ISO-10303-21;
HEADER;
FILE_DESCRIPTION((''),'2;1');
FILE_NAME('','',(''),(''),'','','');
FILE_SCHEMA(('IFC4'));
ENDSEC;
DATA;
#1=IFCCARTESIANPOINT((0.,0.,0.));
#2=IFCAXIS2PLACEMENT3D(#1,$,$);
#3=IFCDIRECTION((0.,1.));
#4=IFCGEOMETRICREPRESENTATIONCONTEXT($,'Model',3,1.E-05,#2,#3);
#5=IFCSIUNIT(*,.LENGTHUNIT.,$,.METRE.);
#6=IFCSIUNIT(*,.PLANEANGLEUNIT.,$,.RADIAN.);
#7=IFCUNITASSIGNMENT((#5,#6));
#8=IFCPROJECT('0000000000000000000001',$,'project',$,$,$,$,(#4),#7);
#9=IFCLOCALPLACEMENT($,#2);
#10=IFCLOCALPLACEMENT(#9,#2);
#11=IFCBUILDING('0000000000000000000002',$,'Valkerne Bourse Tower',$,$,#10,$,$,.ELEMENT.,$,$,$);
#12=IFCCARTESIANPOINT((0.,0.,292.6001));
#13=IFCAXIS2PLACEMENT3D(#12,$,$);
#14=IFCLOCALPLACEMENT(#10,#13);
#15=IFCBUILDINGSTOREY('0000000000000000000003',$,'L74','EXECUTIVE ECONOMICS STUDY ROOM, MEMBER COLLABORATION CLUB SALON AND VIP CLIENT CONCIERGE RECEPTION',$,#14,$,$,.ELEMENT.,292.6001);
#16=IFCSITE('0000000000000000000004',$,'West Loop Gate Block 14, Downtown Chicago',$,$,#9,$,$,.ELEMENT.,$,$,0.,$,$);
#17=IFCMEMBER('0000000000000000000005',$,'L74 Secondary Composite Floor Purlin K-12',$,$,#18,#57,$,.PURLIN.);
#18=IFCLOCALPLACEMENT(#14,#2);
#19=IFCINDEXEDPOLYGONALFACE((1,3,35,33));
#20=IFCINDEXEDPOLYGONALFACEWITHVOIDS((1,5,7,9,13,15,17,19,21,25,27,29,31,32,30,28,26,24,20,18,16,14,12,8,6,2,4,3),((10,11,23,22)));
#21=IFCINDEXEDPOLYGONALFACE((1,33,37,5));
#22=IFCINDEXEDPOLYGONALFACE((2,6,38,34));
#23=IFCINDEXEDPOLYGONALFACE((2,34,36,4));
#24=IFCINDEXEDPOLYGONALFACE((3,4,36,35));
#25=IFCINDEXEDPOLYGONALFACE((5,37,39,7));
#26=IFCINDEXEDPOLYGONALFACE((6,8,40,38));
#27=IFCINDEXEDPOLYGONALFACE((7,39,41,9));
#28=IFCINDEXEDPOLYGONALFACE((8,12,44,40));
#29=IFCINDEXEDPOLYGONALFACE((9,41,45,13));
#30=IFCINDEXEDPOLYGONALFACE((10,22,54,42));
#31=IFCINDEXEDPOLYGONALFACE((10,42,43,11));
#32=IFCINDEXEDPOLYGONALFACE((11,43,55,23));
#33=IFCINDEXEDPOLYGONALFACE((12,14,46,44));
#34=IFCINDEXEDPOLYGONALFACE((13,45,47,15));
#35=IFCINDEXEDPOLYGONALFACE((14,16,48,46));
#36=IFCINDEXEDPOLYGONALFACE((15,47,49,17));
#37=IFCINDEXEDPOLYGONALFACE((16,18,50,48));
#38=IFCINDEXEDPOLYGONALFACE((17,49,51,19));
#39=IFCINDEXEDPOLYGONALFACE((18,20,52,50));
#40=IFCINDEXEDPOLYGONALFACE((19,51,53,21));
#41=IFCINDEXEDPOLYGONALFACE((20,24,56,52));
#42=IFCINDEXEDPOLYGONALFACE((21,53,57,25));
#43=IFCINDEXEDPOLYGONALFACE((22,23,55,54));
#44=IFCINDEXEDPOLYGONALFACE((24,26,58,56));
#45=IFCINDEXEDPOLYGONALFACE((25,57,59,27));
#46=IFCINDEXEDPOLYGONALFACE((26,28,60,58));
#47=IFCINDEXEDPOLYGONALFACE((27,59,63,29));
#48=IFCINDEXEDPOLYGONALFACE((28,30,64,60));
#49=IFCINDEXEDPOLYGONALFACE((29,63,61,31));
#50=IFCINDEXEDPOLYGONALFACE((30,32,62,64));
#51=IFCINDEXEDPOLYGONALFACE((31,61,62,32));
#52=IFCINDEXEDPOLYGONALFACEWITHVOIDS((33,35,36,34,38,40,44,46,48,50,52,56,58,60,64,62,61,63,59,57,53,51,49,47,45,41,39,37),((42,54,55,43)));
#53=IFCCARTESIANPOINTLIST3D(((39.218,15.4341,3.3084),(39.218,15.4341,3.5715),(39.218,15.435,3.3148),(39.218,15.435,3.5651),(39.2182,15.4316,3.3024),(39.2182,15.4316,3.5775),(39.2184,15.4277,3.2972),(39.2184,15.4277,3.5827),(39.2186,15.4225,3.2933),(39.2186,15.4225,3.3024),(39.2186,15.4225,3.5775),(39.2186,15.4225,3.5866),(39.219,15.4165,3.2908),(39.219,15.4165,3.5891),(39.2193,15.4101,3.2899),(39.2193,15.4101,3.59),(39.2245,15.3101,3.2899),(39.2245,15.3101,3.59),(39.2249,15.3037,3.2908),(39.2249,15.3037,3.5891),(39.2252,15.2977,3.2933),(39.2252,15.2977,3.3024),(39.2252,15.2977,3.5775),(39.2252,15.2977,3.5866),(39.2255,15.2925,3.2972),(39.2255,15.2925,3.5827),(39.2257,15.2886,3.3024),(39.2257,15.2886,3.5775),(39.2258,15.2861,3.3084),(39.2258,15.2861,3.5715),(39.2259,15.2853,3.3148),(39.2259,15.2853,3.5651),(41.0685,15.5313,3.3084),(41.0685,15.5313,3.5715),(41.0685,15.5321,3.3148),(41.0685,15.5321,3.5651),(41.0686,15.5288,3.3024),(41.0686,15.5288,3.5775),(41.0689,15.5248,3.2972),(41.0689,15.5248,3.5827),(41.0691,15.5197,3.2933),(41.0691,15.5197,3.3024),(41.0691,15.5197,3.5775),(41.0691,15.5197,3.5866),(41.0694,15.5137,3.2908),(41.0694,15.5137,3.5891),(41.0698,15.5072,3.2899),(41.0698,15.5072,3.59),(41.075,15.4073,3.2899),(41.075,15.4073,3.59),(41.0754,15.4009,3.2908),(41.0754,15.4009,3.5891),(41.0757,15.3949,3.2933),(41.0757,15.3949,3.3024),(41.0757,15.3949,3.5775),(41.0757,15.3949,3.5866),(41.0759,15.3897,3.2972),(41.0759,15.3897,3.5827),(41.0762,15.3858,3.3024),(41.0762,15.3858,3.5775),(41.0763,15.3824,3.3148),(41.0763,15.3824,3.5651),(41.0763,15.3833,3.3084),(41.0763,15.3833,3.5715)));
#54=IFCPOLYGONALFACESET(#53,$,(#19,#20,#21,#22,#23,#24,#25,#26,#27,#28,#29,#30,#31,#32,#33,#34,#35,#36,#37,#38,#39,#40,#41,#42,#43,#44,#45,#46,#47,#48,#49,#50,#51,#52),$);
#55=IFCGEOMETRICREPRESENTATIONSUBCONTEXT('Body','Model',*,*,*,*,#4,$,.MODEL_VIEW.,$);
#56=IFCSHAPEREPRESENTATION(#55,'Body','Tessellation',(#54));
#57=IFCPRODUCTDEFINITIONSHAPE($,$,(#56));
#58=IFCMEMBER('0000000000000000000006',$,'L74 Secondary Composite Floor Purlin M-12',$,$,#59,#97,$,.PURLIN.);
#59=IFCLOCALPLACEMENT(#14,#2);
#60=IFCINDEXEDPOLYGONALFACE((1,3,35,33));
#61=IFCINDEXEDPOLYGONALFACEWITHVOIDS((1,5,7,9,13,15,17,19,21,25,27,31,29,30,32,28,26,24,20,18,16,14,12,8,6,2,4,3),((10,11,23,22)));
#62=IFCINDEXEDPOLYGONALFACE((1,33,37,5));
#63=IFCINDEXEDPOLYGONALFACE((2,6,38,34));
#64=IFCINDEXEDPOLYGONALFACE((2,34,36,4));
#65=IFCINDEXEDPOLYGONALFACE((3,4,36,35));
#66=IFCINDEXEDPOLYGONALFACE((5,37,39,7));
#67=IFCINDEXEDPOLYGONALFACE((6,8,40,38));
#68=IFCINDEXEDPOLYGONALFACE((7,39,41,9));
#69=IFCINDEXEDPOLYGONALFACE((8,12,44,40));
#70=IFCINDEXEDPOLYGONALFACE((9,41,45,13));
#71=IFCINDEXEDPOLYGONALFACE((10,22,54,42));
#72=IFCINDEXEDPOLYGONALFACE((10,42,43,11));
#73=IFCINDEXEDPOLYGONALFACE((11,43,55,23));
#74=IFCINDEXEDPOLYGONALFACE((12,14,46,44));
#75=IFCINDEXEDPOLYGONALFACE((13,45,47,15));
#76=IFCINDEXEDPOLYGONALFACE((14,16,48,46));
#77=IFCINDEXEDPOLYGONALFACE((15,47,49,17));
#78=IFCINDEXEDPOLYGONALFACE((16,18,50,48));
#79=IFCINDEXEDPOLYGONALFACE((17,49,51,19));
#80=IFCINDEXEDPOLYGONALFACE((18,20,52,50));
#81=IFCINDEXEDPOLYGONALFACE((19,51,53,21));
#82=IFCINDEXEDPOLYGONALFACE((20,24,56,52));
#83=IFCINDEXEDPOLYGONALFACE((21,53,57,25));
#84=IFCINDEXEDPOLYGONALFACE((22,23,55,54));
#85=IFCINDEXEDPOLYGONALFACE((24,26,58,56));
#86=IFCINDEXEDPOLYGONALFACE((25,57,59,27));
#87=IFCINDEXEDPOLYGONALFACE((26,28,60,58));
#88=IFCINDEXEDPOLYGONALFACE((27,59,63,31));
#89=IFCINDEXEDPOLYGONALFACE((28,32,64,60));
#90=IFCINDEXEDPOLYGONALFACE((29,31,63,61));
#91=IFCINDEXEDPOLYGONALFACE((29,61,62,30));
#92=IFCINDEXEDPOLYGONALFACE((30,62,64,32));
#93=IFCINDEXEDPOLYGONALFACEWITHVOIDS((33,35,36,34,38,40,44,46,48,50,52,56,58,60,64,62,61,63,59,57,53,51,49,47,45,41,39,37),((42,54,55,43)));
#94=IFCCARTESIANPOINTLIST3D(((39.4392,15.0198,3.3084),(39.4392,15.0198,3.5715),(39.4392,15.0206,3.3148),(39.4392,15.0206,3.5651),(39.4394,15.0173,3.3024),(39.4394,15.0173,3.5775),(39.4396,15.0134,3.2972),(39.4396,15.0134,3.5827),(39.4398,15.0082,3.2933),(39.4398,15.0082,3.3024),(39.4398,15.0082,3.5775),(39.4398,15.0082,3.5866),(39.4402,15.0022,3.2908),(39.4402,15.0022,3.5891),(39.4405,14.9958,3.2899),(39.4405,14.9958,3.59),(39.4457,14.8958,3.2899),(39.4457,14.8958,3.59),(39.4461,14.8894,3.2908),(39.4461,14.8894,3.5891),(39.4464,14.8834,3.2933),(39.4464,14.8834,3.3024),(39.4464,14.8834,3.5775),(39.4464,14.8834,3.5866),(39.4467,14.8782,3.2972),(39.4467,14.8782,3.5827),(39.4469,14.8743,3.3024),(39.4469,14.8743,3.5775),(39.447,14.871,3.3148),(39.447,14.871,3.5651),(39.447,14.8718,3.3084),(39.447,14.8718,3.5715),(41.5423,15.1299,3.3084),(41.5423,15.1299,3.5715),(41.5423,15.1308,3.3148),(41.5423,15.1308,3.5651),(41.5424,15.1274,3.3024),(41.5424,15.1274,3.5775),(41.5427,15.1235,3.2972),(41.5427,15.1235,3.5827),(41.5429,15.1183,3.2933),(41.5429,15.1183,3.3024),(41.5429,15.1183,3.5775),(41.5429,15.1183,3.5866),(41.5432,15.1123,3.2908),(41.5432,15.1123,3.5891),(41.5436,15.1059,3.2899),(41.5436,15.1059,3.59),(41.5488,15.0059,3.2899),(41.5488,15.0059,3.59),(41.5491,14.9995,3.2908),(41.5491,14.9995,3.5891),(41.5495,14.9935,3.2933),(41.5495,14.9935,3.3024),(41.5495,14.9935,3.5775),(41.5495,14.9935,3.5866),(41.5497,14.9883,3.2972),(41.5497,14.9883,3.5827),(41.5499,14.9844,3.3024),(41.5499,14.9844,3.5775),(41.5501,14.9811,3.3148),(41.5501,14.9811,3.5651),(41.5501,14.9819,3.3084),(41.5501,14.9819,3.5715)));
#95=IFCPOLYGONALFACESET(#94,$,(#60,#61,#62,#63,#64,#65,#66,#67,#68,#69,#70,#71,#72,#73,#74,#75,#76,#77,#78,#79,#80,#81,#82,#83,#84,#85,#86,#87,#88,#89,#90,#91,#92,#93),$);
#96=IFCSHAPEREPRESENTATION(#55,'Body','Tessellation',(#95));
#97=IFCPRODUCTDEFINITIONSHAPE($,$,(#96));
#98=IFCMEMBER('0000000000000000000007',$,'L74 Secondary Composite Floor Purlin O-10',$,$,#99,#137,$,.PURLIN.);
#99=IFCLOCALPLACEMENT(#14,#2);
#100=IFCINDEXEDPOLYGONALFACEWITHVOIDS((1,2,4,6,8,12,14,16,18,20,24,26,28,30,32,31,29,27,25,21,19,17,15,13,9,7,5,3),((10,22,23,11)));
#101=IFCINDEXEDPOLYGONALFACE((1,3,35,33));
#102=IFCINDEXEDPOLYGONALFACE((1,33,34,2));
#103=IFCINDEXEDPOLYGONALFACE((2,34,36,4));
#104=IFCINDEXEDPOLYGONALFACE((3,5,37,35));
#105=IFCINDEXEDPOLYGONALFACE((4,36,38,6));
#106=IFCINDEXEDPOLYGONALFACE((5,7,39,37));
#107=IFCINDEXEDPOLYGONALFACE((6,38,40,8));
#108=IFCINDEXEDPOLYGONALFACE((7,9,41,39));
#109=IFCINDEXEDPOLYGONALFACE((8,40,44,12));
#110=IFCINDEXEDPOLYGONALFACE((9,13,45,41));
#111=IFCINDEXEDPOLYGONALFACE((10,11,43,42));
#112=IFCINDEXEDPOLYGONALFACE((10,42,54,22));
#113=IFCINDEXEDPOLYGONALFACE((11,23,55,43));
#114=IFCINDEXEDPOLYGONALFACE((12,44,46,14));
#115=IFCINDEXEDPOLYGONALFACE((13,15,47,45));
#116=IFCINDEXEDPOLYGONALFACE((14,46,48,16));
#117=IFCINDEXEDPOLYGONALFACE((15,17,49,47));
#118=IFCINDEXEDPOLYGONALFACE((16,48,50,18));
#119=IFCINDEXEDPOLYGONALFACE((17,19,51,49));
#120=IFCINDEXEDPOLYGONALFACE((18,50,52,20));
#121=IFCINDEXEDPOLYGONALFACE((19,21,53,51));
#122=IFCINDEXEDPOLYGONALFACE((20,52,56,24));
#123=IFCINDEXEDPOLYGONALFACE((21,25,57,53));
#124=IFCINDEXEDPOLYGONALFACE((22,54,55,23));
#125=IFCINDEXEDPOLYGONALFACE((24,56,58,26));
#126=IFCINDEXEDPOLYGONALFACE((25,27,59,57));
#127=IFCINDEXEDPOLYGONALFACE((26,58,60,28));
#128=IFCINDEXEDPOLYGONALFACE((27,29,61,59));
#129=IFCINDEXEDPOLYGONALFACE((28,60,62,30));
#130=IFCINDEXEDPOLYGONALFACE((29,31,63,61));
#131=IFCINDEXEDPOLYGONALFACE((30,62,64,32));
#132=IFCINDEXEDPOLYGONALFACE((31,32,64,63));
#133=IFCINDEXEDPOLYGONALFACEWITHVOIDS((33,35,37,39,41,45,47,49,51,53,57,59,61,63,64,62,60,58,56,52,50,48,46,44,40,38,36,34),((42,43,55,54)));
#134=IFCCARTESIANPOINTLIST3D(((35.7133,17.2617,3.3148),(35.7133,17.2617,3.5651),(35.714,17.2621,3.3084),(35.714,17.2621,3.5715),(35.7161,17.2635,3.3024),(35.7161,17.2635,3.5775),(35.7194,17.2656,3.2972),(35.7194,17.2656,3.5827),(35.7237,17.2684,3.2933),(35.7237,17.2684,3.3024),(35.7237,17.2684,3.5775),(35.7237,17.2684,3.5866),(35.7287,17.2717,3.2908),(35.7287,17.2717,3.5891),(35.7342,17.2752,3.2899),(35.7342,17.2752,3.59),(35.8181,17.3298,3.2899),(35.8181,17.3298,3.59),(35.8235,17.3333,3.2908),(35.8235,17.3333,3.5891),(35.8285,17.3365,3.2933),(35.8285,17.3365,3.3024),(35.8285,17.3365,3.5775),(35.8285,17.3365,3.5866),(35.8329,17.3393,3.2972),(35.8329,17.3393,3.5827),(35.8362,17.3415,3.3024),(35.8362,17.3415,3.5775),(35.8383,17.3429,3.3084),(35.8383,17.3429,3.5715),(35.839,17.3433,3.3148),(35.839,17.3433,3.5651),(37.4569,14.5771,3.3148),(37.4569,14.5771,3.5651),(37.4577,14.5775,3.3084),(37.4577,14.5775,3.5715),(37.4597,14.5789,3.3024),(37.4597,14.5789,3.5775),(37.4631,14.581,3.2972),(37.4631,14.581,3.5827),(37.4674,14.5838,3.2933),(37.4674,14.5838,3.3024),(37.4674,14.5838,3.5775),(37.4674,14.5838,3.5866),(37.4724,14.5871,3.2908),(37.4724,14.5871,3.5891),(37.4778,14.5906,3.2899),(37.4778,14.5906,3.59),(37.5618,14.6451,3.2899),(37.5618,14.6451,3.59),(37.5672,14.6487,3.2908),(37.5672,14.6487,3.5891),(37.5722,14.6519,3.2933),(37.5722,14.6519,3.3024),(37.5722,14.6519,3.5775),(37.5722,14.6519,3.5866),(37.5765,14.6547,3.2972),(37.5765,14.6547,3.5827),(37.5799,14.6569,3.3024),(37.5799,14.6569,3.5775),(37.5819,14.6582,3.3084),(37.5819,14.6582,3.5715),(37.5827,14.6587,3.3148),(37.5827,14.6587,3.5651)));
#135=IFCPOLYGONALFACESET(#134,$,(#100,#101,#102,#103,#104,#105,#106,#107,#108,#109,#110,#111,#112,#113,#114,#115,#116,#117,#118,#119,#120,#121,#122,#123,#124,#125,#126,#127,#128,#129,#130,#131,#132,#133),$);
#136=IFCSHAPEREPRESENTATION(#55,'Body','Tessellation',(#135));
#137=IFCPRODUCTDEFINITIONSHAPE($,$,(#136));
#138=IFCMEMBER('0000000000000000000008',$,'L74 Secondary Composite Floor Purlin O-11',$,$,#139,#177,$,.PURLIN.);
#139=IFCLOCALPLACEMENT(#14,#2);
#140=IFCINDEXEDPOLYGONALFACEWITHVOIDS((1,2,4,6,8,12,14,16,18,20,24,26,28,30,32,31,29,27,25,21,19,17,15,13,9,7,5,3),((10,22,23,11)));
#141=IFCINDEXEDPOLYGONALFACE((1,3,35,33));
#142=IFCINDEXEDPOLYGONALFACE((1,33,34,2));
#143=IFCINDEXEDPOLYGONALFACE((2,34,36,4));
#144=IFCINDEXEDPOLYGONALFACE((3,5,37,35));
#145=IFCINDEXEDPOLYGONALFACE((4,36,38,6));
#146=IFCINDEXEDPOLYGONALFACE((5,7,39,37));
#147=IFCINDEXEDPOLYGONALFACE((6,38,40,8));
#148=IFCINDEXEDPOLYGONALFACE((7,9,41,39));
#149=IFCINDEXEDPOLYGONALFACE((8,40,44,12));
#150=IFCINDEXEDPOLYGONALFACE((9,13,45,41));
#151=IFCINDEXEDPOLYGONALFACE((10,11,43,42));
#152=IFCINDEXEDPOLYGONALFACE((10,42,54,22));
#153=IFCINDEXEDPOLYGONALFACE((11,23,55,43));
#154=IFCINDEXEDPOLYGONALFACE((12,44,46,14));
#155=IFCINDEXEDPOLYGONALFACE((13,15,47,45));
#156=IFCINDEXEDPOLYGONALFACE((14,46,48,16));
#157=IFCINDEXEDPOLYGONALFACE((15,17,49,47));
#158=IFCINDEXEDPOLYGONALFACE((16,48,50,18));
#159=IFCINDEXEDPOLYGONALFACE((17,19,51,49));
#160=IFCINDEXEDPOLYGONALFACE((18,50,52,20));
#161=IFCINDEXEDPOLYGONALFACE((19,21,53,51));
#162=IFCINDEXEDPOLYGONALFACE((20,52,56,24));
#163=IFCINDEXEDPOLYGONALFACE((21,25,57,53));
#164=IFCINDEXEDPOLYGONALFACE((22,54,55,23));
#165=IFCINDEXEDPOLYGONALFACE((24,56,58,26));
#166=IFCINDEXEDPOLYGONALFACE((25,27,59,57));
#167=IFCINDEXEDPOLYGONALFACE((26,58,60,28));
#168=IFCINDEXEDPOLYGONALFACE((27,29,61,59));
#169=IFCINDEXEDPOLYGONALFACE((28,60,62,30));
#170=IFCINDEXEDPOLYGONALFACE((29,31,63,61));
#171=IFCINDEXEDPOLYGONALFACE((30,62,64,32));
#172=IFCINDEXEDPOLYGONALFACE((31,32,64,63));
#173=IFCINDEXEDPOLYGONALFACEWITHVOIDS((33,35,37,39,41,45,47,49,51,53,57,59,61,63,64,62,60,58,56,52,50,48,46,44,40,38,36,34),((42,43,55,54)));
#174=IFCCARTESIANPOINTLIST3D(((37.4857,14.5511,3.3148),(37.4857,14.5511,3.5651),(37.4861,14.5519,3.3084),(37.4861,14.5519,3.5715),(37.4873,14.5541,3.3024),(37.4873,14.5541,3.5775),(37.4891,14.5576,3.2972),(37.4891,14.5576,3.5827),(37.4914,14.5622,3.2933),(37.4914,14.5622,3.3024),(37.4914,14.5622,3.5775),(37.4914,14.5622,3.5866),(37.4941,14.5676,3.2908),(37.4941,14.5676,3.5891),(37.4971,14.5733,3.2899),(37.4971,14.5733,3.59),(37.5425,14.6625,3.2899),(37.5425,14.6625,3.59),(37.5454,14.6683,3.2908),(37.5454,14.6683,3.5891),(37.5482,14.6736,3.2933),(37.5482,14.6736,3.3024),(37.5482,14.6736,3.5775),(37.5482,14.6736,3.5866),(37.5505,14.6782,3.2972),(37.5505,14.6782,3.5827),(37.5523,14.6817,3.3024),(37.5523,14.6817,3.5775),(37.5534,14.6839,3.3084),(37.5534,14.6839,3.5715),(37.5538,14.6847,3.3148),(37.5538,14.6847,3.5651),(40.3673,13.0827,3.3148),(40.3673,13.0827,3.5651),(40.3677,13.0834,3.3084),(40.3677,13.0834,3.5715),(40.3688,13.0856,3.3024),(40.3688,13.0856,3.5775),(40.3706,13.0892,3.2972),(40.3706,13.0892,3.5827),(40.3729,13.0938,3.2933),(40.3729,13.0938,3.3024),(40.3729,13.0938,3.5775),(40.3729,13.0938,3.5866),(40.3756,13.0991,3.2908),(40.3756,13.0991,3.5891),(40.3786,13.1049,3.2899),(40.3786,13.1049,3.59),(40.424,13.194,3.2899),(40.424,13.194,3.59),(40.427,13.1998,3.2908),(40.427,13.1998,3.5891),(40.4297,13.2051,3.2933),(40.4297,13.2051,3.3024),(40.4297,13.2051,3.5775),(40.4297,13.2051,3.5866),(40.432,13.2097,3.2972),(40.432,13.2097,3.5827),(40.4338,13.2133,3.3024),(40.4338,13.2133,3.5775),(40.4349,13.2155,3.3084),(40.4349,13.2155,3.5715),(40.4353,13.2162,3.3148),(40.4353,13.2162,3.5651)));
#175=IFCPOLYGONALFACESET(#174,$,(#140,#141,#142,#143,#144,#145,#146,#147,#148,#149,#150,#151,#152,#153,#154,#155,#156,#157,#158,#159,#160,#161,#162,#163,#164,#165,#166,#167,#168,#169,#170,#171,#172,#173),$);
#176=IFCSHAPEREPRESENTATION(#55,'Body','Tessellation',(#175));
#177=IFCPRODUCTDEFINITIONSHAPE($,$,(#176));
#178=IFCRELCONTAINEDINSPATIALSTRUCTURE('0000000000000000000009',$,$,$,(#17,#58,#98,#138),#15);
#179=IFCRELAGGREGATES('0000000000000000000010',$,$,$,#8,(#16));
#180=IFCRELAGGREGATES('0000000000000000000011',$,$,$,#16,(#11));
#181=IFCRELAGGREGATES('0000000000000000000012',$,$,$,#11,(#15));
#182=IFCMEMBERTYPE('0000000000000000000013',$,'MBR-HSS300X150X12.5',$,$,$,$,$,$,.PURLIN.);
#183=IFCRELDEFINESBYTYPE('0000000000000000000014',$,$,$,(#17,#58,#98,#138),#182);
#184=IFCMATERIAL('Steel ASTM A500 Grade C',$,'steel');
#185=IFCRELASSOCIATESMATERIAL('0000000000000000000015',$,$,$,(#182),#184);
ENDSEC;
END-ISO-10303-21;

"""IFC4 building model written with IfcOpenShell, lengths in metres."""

from ifc_helpers import new_model, si_unit, direction, frame, origin, origin_2d, place, context, subcontext, project, spatial, hollow_rectangle, extrude, material, material_profile, profile_set, type_object, element, save


model = new_model("IFC4")

# Units and contexts
model_context = context("Model", 3, precision=1e-05, world=origin(), true_north=direction((0.0, 1.0)))
body_context = subcontext(model_context, "Body", "Model", "MODEL_VIEW")
ifc_project = project(units=[si_unit("LENGTHUNIT", "METRE"), si_unit("PLANEANGLEUNIT", "RADIAN")], contexts=[model_context])

# Site, building, storey
site_placement = place(None, origin())
site = spatial("IfcSite", under=ifc_project, at=site_placement, Name="West Loop Gate Block 14, Downtown Chicago", CompositionType="ELEMENT", RefElevation=0.0)
building_placement = place(site_placement, origin())
building = spatial("IfcBuilding", under=site, at=building_placement, Name="Valkerne Bourse Tower", CompositionType="ELEMENT")
storey_placement = place(building_placement, frame((0.0, 0.0, 292.6001)))
storey = spatial("IfcBuildingStorey", under=building, at=storey_placement, Name="L74", Description="EXECUTIVE ECONOMICS STUDY ROOM, MEMBER COLLABORATION CLUB SALON AND VIP CLIENT CONCIERGE RECEPTION", CompositionType="ELEMENT", Elevation=292.6001)

# Members
ifc_material_1 = material(Name="Steel ASTM A500 Grade C", Category="steel")
ifc_material_profile_1 = material_profile(ifc_material_1, hollow_rectangle(XDim=0.1499, YDim=0.3, WallThickness=0.0125, OuterFilletRadius=0.0249, at=origin_2d()), Name="HSS300X150X12.5")
ifc_profile_set_1 = profile_set([ifc_material_profile_1], Name="Steel ASTM A500 Grade C")
member_type_1 = type_object("IfcMemberType", Name="MBR-HSS300X150X12.5", PredefinedType="PURLIN", material=ifc_profile_set_1)
member_1_placement = place(storey_placement, frame((39.2219, 15.3601, 3.4399), z_axis=(0.998624, 0.052434, 0.0), x_axis=(-0.052434, 0.998624, 0.0)))
element("IfcMember", 1, at=member_1_placement, inside=storey, type_object=member_type_1, Name="L74 Secondary Composite Floor Purlin K-12", PredefinedType="PURLIN", context=body_context, shape_type="SweptSolid", body=[
    extrude(hollow_rectangle(XDim=0.1499, YDim=0.3, WallThickness=0.0125, OuterFilletRadius=0.0249, at=origin_2d()), origin(), (0.0, 0.0, 1.0), 1.853),
])
member_2_placement = place(storey_placement, frame((39.4431, 14.9458, 3.4399), z_axis=(0.998632, 0.052285, 0.0), x_axis=(-0.052285, 0.998632, 0.0)))
element("IfcMember", 2, at=member_2_placement, inside=storey, type_object=member_type_1, Name="L74 Secondary Composite Floor Purlin M-12", PredefinedType="PURLIN", context=body_context, shape_type="SweptSolid", body=[
    extrude(hollow_rectangle(XDim=0.1499, YDim=0.3, WallThickness=0.0125, OuterFilletRadius=0.0249, at=origin_2d()), origin(), (0.0, 0.0, 1.0), 2.106),
])
member_3_placement = place(storey_placement, frame((35.7761, 17.3025, 3.4399), z_axis=(0.544699, -0.838632, 0.0), x_axis=(0.838632, 0.544699, 0.0)))
element("IfcMember", 3, at=member_3_placement, inside=storey, type_object=member_type_1, Name="L74 Secondary Composite Floor Purlin O-10", PredefinedType="PURLIN", context=body_context, shape_type="SweptSolid", body=[
    extrude(hollow_rectangle(XDim=0.1499, YDim=0.3, WallThickness=0.0125, OuterFilletRadius=0.0249, at=origin_2d()), origin(), (0.0, 0.0, 1.0), 3.2012),
])
member_4_placement = place(storey_placement, frame((37.5198, 14.6179, 3.4399), z_axis=(0.890974, -0.454055, 0.0), x_axis=(0.454055, 0.890974, 0.0)))
element("IfcMember", 4, at=member_4_placement, inside=storey, type_object=member_type_1, Name="L74 Secondary Composite Floor Purlin O-11", PredefinedType="PURLIN", context=body_context, shape_type="SweptSolid", body=[
    extrude(hollow_rectangle(XDim=0.1499, YDim=0.3, WallThickness=0.0125, OuterFilletRadius=0.0249, at=origin_2d()), origin(), (0.0, 0.0, 1.0), 3.2341),
])

save(model, "model.ifc")
